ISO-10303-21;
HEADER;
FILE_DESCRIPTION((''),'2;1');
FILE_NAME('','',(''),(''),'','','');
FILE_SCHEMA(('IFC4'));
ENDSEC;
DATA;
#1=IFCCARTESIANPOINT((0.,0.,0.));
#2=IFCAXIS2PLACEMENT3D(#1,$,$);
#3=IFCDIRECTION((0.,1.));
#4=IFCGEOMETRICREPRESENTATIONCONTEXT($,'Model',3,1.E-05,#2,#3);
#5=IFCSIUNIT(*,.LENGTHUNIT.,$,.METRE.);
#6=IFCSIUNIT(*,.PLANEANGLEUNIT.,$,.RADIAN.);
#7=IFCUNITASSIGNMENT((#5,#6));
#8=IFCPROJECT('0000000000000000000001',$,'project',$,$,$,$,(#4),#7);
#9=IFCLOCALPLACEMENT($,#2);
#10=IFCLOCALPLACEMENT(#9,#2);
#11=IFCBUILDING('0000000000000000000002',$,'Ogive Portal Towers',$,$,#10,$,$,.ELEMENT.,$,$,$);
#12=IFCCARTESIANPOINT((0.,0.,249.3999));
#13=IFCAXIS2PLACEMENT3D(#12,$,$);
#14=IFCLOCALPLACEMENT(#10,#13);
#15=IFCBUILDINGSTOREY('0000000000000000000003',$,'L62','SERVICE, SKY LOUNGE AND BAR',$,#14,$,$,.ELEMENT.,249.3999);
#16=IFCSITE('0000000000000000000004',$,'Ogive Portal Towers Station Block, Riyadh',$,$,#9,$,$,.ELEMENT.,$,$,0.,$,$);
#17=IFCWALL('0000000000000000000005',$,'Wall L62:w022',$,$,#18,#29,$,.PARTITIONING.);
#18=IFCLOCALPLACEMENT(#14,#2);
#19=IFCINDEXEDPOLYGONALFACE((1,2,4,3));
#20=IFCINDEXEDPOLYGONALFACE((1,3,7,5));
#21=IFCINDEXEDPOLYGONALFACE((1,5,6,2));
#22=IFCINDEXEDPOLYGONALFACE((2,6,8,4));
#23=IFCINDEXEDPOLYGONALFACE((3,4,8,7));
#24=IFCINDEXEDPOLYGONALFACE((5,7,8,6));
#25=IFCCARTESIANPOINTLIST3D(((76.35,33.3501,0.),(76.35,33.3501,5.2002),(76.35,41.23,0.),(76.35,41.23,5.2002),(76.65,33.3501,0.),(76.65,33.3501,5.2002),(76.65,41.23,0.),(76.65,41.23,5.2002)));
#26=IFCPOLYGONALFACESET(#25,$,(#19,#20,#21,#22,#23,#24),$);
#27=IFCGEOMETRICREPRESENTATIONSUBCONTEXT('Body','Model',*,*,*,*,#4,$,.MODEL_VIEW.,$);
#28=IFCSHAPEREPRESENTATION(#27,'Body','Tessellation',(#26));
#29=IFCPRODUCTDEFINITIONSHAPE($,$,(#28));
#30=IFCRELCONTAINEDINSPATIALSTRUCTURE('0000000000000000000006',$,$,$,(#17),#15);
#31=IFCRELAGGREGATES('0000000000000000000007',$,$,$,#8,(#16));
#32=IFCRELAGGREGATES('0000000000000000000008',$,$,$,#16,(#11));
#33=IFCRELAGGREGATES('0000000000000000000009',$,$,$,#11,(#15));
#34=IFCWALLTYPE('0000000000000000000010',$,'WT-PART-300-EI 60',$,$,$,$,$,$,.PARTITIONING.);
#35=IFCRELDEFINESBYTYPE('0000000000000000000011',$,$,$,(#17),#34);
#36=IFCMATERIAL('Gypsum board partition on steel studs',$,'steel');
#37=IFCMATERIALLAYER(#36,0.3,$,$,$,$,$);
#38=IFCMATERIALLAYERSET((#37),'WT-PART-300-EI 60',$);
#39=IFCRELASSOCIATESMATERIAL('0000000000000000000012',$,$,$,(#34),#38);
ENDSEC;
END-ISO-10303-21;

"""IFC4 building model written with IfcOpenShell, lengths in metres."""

from ifc_helpers import new_model, si_unit, direction, frame, frame_2d, origin, place, context, subcontext, project, spatial, rectangle, extrude, material, layer, layer_set, type_object, element, save


model = new_model("IFC4")

# Units and contexts
model_context = context("Model", 3, precision=1e-05, world=origin(), true_north=direction((0.0, 1.0)))
body_context = subcontext(model_context, "Body", "Model", "MODEL_VIEW")
ifc_project = project(units=[si_unit("LENGTHUNIT", "METRE"), si_unit("PLANEANGLEUNIT", "RADIAN")], contexts=[model_context])

# Site, building, storey
site_placement = place(None, origin())
site = spatial("IfcSite", under=ifc_project, at=site_placement, Name="Ogive Portal Towers Station Block, Riyadh", CompositionType="ELEMENT", RefElevation=0.0)
building_placement = place(site_placement, origin())
building = spatial("IfcBuilding", under=site, at=building_placement, Name="Ogive Portal Towers", CompositionType="ELEMENT")
storey_placement = place(building_placement, frame((0.0, 0.0, 249.3999)))
storey = spatial("IfcBuildingStorey", under=building, at=storey_placement, Name="L62", Description="SERVICE, SKY LOUNGE AND BAR", CompositionType="ELEMENT", Elevation=249.3999)

# Shared definitions
ifc_material_1 = material(Name="Gypsum board partition on steel studs", Category="steel")

# Wall
ifc_layer_1 = layer(ifc_material_1, 0.3)
ifc_layer_set_1 = layer_set([ifc_layer_1], Name="WT-PART-300-EI 60")
wall_type_1 = type_object("IfcWallType", Name="WT-PART-300-EI 60", PredefinedType="PARTITIONING", material=ifc_layer_set_1)
wall_1_placement = place(storey_placement, frame((76.5, 33.3501, 0.0), z_axis=(0.0, 0.0, 1.0), x_axis=(0.0, 1.0, 0.0)))
element("IfcWall", 1, at=wall_1_placement, inside=storey, type_object=wall_type_1, Name="Wall L62:w022", PredefinedType="PARTITIONING", context=body_context, shape_type="SweptSolid", body=[
    extrude(rectangle(XDim=7.8799, YDim=0.3, at=frame_2d((3.9399, 0.0))), origin(), (0.0, 0.0, 1.0), 5.2002),
])

save(model, "model.ifc")
